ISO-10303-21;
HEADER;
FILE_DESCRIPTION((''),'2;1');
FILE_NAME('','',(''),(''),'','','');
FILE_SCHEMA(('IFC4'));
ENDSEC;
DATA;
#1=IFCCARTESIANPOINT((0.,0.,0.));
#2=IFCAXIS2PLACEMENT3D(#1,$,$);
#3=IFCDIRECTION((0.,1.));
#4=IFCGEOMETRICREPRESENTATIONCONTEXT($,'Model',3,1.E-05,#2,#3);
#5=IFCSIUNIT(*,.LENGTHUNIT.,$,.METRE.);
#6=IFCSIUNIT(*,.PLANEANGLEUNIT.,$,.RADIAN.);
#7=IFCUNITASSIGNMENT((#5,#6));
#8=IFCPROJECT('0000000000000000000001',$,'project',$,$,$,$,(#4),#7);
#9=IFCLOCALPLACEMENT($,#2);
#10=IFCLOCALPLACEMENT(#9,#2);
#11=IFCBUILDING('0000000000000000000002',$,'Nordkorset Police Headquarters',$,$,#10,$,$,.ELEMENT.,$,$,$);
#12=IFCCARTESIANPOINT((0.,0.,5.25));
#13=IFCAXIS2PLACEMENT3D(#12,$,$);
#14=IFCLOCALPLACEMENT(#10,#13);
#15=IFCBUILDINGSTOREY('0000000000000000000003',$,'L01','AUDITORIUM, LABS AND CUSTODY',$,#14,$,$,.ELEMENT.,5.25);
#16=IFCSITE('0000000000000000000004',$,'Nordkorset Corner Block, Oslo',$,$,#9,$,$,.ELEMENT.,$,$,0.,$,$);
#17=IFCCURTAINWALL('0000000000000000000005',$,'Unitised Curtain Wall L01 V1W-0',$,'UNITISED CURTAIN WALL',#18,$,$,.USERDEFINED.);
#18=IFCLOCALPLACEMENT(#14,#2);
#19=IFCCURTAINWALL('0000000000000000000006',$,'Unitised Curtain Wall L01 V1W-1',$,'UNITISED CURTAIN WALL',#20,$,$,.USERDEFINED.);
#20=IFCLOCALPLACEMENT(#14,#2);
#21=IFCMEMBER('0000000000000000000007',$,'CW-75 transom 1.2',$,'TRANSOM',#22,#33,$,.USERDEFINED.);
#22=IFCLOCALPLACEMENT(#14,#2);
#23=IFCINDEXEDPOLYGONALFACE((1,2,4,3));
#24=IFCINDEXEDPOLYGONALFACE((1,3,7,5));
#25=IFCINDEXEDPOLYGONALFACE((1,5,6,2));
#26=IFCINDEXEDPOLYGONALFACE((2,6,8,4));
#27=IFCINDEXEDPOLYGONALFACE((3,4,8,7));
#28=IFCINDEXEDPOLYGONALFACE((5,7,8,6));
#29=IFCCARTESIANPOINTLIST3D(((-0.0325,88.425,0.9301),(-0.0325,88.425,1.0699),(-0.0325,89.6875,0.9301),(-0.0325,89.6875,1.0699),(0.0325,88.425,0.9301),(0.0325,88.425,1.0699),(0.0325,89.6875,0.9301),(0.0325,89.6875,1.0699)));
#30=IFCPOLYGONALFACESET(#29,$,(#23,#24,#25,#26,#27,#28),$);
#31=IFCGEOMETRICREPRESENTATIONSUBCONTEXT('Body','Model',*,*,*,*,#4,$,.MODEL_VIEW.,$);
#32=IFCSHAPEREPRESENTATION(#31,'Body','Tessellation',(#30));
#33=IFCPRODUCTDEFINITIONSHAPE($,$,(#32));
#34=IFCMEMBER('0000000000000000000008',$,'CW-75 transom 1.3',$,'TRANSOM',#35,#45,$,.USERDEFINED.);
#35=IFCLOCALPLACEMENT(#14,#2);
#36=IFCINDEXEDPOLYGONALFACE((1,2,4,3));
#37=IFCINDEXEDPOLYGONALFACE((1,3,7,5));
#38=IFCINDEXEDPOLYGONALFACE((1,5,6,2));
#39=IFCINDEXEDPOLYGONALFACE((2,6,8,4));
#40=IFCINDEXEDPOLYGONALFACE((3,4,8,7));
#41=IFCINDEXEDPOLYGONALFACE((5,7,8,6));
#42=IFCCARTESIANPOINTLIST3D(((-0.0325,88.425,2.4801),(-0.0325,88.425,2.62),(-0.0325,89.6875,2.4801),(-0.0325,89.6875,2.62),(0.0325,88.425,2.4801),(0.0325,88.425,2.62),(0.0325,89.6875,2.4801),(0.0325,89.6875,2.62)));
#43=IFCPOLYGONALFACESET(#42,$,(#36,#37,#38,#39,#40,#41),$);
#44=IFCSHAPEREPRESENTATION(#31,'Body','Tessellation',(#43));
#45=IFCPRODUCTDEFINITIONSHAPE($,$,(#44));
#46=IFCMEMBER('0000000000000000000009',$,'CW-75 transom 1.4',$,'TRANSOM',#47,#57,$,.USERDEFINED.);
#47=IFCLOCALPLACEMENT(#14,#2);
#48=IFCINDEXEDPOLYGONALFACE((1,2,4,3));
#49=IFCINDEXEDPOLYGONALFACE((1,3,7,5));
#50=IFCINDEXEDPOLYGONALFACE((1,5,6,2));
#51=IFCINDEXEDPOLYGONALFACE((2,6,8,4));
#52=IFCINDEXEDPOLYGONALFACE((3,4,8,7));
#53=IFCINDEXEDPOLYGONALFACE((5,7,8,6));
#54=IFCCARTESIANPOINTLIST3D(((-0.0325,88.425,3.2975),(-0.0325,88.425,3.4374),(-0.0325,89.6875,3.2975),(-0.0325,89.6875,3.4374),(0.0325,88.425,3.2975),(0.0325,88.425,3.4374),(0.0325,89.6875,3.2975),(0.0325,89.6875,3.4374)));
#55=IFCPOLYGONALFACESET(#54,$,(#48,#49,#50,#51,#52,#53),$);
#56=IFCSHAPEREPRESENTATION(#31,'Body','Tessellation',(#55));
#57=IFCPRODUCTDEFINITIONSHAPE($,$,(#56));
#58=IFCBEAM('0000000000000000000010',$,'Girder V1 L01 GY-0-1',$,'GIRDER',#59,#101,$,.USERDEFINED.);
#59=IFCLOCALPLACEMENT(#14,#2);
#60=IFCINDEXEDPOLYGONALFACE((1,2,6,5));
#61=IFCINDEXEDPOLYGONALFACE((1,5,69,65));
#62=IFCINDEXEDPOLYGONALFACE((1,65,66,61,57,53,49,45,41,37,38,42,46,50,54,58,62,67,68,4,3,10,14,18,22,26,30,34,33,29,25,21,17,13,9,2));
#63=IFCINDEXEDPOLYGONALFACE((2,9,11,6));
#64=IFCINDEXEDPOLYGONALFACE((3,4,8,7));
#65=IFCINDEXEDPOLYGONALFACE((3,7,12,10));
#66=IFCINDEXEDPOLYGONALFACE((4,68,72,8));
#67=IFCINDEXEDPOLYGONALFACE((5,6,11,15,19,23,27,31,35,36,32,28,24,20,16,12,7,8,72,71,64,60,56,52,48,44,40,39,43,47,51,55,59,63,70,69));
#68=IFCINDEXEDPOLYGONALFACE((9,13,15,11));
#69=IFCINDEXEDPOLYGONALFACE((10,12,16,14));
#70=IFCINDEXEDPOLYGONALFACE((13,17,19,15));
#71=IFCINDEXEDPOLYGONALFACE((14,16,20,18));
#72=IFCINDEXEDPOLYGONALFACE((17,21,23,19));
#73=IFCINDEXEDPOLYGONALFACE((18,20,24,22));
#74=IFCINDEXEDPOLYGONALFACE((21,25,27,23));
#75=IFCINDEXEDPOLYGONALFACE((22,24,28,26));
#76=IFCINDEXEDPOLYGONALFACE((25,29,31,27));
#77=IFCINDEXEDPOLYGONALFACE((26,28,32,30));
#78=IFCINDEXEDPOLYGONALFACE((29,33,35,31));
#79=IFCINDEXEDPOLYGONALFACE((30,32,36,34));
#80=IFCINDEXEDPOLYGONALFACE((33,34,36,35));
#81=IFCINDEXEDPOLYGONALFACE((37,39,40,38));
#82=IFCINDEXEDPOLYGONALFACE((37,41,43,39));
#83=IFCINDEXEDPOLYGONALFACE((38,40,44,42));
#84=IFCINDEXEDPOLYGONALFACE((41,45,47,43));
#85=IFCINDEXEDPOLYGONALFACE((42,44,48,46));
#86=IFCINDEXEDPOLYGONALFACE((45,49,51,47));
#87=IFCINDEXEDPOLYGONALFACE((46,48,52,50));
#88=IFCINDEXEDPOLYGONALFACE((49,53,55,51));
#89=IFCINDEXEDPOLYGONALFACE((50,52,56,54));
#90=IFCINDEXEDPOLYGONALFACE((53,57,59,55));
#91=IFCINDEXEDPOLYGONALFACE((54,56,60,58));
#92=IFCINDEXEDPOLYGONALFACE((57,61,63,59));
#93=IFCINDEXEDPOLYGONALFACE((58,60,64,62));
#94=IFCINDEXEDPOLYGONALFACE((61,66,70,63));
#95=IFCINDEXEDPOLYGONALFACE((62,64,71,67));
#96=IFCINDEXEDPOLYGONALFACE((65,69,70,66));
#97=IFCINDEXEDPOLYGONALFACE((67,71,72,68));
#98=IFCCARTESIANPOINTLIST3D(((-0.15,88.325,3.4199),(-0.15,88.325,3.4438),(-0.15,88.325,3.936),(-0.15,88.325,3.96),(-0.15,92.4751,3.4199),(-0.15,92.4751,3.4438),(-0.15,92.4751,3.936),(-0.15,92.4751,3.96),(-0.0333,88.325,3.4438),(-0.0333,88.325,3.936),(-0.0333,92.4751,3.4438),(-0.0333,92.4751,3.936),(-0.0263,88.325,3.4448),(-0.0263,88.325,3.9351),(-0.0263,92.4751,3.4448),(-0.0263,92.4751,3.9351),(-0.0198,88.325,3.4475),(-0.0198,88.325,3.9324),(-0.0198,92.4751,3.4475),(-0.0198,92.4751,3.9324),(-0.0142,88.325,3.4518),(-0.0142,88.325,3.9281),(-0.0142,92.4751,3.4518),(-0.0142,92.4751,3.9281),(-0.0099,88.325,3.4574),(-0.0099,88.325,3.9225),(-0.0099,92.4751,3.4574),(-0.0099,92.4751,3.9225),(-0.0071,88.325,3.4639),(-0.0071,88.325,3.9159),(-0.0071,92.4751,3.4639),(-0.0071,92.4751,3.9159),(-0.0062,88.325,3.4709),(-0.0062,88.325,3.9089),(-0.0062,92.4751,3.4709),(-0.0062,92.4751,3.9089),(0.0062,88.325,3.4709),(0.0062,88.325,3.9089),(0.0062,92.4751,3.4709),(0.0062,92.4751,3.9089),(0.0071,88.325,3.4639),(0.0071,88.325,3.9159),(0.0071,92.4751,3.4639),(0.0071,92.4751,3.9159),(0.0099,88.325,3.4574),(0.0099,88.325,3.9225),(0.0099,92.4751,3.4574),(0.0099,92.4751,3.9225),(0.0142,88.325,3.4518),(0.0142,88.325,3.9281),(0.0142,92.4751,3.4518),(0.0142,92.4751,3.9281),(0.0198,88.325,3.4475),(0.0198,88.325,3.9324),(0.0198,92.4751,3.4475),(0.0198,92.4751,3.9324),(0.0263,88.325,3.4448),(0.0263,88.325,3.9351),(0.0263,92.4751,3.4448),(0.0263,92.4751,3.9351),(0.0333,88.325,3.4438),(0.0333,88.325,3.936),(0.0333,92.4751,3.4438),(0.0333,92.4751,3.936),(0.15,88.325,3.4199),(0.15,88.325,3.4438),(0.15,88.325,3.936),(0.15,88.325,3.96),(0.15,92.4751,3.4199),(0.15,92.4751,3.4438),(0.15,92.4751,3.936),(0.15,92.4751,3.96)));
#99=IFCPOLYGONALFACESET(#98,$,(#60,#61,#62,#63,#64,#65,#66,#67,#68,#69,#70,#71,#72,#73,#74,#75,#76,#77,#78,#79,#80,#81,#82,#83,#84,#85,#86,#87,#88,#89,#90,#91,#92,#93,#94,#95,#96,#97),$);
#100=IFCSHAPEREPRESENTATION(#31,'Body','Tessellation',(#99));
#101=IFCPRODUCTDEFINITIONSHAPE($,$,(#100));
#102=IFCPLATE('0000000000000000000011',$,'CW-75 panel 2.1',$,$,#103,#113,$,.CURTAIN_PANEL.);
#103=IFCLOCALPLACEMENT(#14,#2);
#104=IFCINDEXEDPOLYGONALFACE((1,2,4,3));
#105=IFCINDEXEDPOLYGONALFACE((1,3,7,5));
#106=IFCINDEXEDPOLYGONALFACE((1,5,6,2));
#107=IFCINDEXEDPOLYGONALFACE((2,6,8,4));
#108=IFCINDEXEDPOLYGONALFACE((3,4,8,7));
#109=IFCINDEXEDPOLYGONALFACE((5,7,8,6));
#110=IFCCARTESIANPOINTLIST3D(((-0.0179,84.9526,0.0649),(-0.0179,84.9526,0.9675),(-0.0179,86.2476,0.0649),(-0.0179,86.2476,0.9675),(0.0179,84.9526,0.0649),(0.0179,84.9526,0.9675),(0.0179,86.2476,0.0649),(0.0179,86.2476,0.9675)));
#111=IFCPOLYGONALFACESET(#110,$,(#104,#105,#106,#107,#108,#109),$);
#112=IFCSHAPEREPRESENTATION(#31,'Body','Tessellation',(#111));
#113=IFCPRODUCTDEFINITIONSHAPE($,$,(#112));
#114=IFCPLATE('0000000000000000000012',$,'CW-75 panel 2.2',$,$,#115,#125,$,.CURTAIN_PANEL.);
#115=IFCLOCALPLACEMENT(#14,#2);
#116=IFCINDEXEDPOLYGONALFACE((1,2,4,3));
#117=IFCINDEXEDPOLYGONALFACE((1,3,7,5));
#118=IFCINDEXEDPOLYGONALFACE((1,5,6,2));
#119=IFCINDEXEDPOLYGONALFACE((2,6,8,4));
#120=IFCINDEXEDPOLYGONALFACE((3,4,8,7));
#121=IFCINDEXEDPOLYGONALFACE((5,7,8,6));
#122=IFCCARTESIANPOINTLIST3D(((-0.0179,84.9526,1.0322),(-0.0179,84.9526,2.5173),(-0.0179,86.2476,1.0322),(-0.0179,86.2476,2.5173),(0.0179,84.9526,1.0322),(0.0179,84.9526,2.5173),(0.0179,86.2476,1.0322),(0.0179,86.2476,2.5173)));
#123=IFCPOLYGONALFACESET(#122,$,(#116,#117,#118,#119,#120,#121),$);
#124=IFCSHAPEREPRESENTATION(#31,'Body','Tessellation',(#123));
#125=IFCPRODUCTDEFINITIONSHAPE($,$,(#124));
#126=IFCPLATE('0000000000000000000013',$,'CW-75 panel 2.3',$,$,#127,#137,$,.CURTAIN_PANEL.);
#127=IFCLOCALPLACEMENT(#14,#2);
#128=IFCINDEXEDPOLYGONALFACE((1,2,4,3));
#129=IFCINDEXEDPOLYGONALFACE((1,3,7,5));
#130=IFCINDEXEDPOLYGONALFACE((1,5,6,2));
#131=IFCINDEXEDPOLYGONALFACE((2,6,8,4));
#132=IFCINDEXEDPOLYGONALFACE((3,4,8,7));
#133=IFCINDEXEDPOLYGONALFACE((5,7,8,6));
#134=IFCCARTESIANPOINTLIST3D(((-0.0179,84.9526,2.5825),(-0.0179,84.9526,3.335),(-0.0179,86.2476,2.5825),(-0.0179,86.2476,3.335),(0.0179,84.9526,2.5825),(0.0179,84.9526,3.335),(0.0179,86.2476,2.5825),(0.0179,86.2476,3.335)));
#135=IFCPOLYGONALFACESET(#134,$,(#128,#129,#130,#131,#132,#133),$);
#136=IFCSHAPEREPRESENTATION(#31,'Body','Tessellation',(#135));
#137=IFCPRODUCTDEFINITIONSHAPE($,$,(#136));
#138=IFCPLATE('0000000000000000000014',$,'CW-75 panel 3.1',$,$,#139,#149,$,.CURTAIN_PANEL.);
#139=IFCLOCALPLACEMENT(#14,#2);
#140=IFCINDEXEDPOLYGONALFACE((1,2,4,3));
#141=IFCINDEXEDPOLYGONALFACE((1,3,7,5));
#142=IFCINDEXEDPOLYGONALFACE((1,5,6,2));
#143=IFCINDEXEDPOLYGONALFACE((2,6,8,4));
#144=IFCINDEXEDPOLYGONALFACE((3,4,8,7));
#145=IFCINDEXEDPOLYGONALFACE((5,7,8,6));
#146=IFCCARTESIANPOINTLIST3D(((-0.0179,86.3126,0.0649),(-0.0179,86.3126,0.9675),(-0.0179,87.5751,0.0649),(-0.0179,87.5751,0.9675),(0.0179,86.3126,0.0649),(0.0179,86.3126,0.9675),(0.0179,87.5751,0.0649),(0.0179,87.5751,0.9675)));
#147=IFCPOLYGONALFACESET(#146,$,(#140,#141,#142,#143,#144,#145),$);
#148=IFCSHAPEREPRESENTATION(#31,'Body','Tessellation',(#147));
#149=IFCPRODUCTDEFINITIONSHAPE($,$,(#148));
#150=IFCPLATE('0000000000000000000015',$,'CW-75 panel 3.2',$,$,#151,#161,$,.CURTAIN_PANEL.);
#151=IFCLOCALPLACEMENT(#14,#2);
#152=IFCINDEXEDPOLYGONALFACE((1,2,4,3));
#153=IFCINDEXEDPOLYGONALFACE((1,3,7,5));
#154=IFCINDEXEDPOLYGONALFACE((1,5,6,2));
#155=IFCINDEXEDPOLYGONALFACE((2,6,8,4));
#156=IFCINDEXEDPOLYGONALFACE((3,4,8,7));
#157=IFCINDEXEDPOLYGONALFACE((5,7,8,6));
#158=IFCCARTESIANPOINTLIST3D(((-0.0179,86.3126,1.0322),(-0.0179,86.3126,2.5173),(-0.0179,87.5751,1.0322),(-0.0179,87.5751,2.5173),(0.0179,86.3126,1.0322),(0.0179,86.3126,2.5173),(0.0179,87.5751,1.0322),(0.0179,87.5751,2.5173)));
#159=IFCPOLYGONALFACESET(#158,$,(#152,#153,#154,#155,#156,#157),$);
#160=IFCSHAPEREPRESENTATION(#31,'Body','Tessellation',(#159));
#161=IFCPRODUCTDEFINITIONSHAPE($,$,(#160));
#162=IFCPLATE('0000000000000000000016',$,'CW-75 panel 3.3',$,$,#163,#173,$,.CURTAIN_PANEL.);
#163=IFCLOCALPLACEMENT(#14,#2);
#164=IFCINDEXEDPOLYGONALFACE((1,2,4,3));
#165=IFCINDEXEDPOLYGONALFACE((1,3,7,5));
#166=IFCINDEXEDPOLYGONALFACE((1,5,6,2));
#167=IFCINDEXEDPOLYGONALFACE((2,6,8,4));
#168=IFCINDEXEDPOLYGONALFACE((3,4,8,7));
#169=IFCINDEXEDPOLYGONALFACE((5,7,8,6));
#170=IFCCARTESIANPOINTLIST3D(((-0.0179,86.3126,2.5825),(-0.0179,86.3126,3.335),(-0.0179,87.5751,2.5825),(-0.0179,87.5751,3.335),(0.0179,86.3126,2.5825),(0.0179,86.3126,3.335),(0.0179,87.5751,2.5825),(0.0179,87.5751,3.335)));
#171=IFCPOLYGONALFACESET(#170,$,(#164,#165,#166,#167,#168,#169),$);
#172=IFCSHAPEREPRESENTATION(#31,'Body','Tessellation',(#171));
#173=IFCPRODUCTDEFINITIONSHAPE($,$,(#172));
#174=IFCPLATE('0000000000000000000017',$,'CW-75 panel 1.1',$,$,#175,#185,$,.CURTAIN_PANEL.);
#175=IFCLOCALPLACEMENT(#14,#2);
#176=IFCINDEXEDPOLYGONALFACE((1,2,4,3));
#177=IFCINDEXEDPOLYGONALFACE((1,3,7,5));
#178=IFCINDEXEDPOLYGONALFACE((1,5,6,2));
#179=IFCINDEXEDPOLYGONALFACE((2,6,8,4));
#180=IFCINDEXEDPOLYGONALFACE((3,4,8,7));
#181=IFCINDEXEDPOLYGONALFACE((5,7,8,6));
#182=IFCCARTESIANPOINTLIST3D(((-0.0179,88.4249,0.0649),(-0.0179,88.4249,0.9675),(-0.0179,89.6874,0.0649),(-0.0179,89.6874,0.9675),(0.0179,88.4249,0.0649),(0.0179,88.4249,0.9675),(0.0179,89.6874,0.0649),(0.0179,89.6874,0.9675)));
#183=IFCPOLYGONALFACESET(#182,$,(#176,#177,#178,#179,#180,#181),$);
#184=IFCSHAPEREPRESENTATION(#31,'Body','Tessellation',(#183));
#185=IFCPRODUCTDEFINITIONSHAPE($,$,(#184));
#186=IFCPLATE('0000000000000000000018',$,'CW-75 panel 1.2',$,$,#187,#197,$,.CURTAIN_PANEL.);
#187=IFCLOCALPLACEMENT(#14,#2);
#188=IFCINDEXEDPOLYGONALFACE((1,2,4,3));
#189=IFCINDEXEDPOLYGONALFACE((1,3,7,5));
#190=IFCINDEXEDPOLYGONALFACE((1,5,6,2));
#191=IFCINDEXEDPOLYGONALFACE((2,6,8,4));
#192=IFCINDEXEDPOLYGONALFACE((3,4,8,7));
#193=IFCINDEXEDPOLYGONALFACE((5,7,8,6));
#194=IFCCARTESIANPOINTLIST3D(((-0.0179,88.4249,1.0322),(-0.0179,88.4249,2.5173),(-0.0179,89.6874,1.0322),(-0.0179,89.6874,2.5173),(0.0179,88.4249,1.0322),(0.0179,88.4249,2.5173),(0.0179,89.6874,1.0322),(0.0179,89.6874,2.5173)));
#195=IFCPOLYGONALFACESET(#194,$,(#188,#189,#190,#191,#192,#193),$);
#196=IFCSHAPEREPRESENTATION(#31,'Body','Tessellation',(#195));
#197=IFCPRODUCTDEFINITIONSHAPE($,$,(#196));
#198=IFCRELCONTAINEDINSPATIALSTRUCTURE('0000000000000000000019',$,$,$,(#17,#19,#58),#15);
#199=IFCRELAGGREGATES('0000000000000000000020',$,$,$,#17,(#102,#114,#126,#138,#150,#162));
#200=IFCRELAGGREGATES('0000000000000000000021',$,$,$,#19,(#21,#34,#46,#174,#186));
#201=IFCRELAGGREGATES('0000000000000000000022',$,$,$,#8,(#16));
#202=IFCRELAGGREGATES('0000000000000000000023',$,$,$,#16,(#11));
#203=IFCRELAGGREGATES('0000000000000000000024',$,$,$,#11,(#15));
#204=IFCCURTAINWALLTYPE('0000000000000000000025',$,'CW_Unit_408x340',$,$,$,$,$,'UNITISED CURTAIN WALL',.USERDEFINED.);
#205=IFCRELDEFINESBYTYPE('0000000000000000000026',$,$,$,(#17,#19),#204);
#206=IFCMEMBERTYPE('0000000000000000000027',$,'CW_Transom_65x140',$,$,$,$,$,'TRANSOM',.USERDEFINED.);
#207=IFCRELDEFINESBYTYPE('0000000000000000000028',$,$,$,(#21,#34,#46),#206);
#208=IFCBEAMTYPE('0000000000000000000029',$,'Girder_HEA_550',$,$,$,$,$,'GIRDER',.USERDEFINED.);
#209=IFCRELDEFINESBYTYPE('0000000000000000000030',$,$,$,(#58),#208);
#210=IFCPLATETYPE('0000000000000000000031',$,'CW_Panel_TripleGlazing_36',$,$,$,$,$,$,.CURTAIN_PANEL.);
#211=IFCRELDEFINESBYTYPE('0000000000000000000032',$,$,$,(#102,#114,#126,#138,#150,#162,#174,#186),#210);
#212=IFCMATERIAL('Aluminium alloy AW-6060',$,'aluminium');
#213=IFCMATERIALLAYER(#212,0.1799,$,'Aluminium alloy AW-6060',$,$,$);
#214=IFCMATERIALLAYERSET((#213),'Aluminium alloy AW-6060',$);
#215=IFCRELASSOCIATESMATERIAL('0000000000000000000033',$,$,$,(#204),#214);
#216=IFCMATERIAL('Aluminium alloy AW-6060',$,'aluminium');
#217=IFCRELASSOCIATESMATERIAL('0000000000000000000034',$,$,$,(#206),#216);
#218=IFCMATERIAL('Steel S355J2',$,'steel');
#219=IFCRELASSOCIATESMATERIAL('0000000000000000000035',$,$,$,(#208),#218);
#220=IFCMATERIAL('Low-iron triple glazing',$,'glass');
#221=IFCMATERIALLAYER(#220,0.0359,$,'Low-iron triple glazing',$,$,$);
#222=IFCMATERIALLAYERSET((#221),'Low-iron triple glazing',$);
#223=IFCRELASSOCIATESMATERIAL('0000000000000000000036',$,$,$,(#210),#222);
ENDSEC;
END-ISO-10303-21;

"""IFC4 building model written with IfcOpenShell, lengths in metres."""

from ifc_helpers import new_model, si_unit, direction, frame, origin, origin_2d, place, context, subcontext, project, spatial, rectangle, i_section, extrude, material, layer, layer_set, material_profile, profile_set, type_object, element, aggregate, save


model = new_model("IFC4")

# Units and contexts
model_context = context("Model", 3, precision=1e-05, world=origin(), true_north=direction((0.0, 1.0)))
body_context = subcontext(model_context, "Body", "Model", "MODEL_VIEW")
ifc_project = project(units=[si_unit("LENGTHUNIT", "METRE"), si_unit("PLANEANGLEUNIT", "RADIAN")], contexts=[model_context])

# Site, building, storey
site_placement = place(None, origin())
site = spatial("IfcSite", under=ifc_project, at=site_placement, Name="Nordkorset Corner Block, Oslo", CompositionType="ELEMENT", RefElevation=0.0)
building_placement = place(site_placement, origin())
building = spatial("IfcBuilding", under=site, at=building_placement, Name="Nordkorset Police Headquarters", CompositionType="ELEMENT")
storey_placement = place(building_placement, frame((0.0, 0.0, 5.25)))
storey = spatial("IfcBuildingStorey", under=building, at=storey_placement, Name="L01", Description="AUDITORIUM, LABS AND CUSTODY", CompositionType="ELEMENT", Elevation=5.25)

# Curtain wall
ifc_material_1 = material(Name="Aluminium alloy AW-6060", Category="aluminium")
ifc_layer_1 = layer(ifc_material_1, 0.1799, Name="Aluminium alloy AW-6060")
ifc_layer_set_1 = layer_set([ifc_layer_1], Name="Aluminium alloy AW-6060")
curtain_wall_type = type_object("IfcCurtainWallType", Name="CW_Unit_408x340", ElementType="UNITISED CURTAIN WALL", PredefinedType="USERDEFINED", material=ifc_layer_set_1)
curtain_wall_1_placement = place(storey_placement, origin())
curtain_wall_1 = element("IfcCurtainWall", 1, at=curtain_wall_1_placement, inside=storey, type_object=curtain_wall_type, Name="Unitised Curtain Wall L01 V1W-0", ObjectType="UNITISED CURTAIN WALL", PredefinedType="USERDEFINED")

# Curtain wall
curtain_wall_2_placement = place(storey_placement, origin())
curtain_wall_2 = element("IfcCurtainWall", 2, at=curtain_wall_2_placement, inside=storey, type_object=curtain_wall_type, Name="Unitised Curtain Wall L01 V1W-1", ObjectType="UNITISED CURTAIN WALL", PredefinedType="USERDEFINED")

# Members
ifc_material_2 = material(Name="Aluminium alloy AW-6060", Category="aluminium")
ifc_material_profile_1 = material_profile(ifc_material_2, rectangle(XDim=0.0649, YDim=0.1399, at=origin_2d()), Name="ALU TRAN 65x140")
ifc_profile_set_1 = profile_set([ifc_material_profile_1], Name="Aluminium alloy AW-6060")
member_type_1 = type_object("IfcMemberType", Name="CW_Transom_65x140", ElementType="TRANSOM", PredefinedType="USERDEFINED", material=ifc_profile_set_1)
member_1_placement = place(storey_placement, frame((0.0, 88.425, 1.0), z_axis=(0.0, 1.0, 0.0), x_axis=(-1.0, 0.0, 0.0)))
member_1 = element("IfcMember", 3, at=member_1_placement, type_object=member_type_1, Name="CW-75 transom 1.2", ObjectType="TRANSOM", PredefinedType="USERDEFINED", context=body_context, shape_type="SweptSolid", body=[
    extrude(rectangle(XDim=0.0649, YDim=0.1399, at=origin_2d()), origin(), (0.0, 0.0, 1.0), 1.2625),
])
member_2_placement = place(storey_placement, frame((0.0, 88.425, 2.55), z_axis=(0.0, 1.0, 0.0), x_axis=(-1.0, 0.0, 0.0)))
member_2 = element("IfcMember", 4, at=member_2_placement, type_object=member_type_1, Name="CW-75 transom 1.3", ObjectType="TRANSOM", PredefinedType="USERDEFINED", context=body_context, shape_type="SweptSolid", body=[
    extrude(rectangle(XDim=0.0649, YDim=0.1399, at=origin_2d()), origin(), (0.0, 0.0, 1.0), 1.2625),
])
member_3_placement = place(storey_placement, frame((0.0, 88.425, 3.3674), z_axis=(0.0, 1.0, 0.0), x_axis=(-1.0, 0.0, 0.0)))
member_3 = element("IfcMember", 5, at=member_3_placement, type_object=member_type_1, Name="CW-75 transom 1.4", ObjectType="TRANSOM", PredefinedType="USERDEFINED", context=body_context, shape_type="SweptSolid", body=[
    extrude(rectangle(XDim=0.0649, YDim=0.1399, at=origin_2d()), origin(), (0.0, 0.0, 1.0), 1.2625),
])

# Beam
ifc_material_3 = material(Name="Steel S355J2", Category="steel")
ifc_material_profile_2 = material_profile(ifc_material_3, i_section(OverallWidth=0.3, OverallDepth=0.54, WebThickness=0.0125, FlangeThickness=0.0239, FilletRadius=0.0271, at=origin_2d()), Name="HEA 550")
ifc_profile_set_2 = profile_set([ifc_material_profile_2], Name="Steel S355J2")
beam_type = type_object("IfcBeamType", Name="Girder_HEA_550", ElementType="GIRDER", PredefinedType="USERDEFINED", material=ifc_profile_set_2)
beam_placement = place(storey_placement, frame((0.0, 88.325, 3.6899), z_axis=(0.0, 1.0, 0.0), x_axis=(-1.0, 0.0, 0.0)))
element("IfcBeam", 6, at=beam_placement, inside=storey, type_object=beam_type, Name="Girder V1 L01 GY-0-1", ObjectType="GIRDER", PredefinedType="USERDEFINED", context=body_context, shape_type="SweptSolid", body=[
    extrude(i_section(OverallWidth=0.3, OverallDepth=0.54, WebThickness=0.0125, FlangeThickness=0.0239, FilletRadius=0.0271, at=origin_2d()), origin(), (0.0, 0.0, 1.0), 4.1501),
])

# Plates
ifc_material_4 = material(Name="Low-iron triple glazing", Category="glass")
ifc_layer_2 = layer(ifc_material_4, 0.0359, Name="Low-iron triple glazing")
ifc_layer_set_2 = layer_set([ifc_layer_2], Name="Low-iron triple glazing")
plate_type = type_object("IfcPlateType", Name="CW_Panel_TripleGlazing_36", PredefinedType="CURTAIN_PANEL", material=ifc_layer_set_2)
plate_1_placement = place(storey_placement, frame((0.0, 85.6001, 0.0649), z_axis=(0.0, 0.0, 1.0), x_axis=(0.0, 1.0, 0.0)))
plate_1 = element("IfcPlate", 7, at=plate_1_placement, type_object=plate_type, Name="CW-75 panel 2.1", PredefinedType="CURTAIN_PANEL", context=body_context, shape_type="SweptSolid", body=[
    extrude(rectangle(XDim=1.2949, YDim=0.0359, at=origin_2d()), origin(), (0.0, 0.0, 1.0), 0.9026),
])
plate_2_placement = place(storey_placement, frame((0.0, 85.6001, 1.0322), z_axis=(0.0, 0.0, 1.0), x_axis=(0.0, 1.0, 0.0)))
plate_2 = element("IfcPlate", 8, at=plate_2_placement, type_object=plate_type, Name="CW-75 panel 2.2", PredefinedType="CURTAIN_PANEL", context=body_context, shape_type="SweptSolid", body=[
    extrude(rectangle(XDim=1.2949, YDim=0.0359, at=origin_2d()), origin(), (0.0, 0.0, 1.0), 1.4851),
])
plate_3_placement = place(storey_placement, frame((0.0, 85.6001, 2.5825), z_axis=(0.0, 0.0, 1.0), x_axis=(0.0, 1.0, 0.0)))
plate_3 = element("IfcPlate", 9, at=plate_3_placement, type_object=plate_type, Name="CW-75 panel 2.3", PredefinedType="CURTAIN_PANEL", context=body_context, shape_type="SweptSolid", body=[
    extrude(rectangle(XDim=1.2949, YDim=0.0359, at=origin_2d()), origin(), (0.0, 0.0, 1.0), 0.7524),
])
plate_4_placement = place(storey_placement, frame((0.0, 86.9438, 0.0649), z_axis=(0.0, 0.0, 1.0), x_axis=(0.0, 1.0, 0.0)))
plate_4 = element("IfcPlate", 10, at=plate_4_placement, type_object=plate_type, Name="CW-75 panel 3.1", PredefinedType="CURTAIN_PANEL", context=body_context, shape_type="SweptSolid", body=[
    extrude(rectangle(XDim=1.2625, YDim=0.0359, at=origin_2d()), origin(), (0.0, 0.0, 1.0), 0.9026),
])
plate_5_placement = place(storey_placement, frame((0.0, 86.9438, 1.0322), z_axis=(0.0, 0.0, 1.0), x_axis=(0.0, 1.0, 0.0)))
plate_5 = element("IfcPlate", 11, at=plate_5_placement, type_object=plate_type, Name="CW-75 panel 3.2", PredefinedType="CURTAIN_PANEL", context=body_context, shape_type="SweptSolid", body=[
    extrude(rectangle(XDim=1.2625, YDim=0.0359, at=origin_2d()), origin(), (0.0, 0.0, 1.0), 1.4851),
])
plate_6_placement = place(storey_placement, frame((0.0, 86.9438, 2.5825), z_axis=(0.0, 0.0, 1.0), x_axis=(0.0, 1.0, 0.0)))
plate_6 = element("IfcPlate", 12, at=plate_6_placement, type_object=plate_type, Name="CW-75 panel 3.3", PredefinedType="CURTAIN_PANEL", context=body_context, shape_type="SweptSolid", body=[
    extrude(rectangle(XDim=1.2625, YDim=0.0359, at=origin_2d()), origin(), (0.0, 0.0, 1.0), 0.7524),
])
aggregate(curtain_wall_1, [plate_1, plate_2, plate_3, plate_4, plate_5, plate_6])
plate_7_placement = place(storey_placement, frame((0.0, 89.0562, 0.0649), z_axis=(0.0, 0.0, 1.0), x_axis=(0.0, 1.0, 0.0)))
plate_7 = element("IfcPlate", 13, at=plate_7_placement, type_object=plate_type, Name="CW-75 panel 1.1", PredefinedType="CURTAIN_PANEL", context=body_context, shape_type="SweptSolid", body=[
    extrude(rectangle(XDim=1.2625, YDim=0.0359, at=origin_2d()), origin(), (0.0, 0.0, 1.0), 0.9026),
])
plate_8_placement = place(storey_placement, frame((0.0, 89.0562, 1.0322), z_axis=(0.0, 0.0, 1.0), x_axis=(0.0, 1.0, 0.0)))
plate_8 = element("IfcPlate", 14, at=plate_8_placement, type_object=plate_type, Name="CW-75 panel 1.2", PredefinedType="CURTAIN_PANEL", context=body_context, shape_type="SweptSolid", body=[
    extrude(rectangle(XDim=1.2625, YDim=0.0359, at=origin_2d()), origin(), (0.0, 0.0, 1.0), 1.4851),
])
aggregate(curtain_wall_2, [member_1, member_2, member_3, plate_7, plate_8])

save(model, "model.ifc")
